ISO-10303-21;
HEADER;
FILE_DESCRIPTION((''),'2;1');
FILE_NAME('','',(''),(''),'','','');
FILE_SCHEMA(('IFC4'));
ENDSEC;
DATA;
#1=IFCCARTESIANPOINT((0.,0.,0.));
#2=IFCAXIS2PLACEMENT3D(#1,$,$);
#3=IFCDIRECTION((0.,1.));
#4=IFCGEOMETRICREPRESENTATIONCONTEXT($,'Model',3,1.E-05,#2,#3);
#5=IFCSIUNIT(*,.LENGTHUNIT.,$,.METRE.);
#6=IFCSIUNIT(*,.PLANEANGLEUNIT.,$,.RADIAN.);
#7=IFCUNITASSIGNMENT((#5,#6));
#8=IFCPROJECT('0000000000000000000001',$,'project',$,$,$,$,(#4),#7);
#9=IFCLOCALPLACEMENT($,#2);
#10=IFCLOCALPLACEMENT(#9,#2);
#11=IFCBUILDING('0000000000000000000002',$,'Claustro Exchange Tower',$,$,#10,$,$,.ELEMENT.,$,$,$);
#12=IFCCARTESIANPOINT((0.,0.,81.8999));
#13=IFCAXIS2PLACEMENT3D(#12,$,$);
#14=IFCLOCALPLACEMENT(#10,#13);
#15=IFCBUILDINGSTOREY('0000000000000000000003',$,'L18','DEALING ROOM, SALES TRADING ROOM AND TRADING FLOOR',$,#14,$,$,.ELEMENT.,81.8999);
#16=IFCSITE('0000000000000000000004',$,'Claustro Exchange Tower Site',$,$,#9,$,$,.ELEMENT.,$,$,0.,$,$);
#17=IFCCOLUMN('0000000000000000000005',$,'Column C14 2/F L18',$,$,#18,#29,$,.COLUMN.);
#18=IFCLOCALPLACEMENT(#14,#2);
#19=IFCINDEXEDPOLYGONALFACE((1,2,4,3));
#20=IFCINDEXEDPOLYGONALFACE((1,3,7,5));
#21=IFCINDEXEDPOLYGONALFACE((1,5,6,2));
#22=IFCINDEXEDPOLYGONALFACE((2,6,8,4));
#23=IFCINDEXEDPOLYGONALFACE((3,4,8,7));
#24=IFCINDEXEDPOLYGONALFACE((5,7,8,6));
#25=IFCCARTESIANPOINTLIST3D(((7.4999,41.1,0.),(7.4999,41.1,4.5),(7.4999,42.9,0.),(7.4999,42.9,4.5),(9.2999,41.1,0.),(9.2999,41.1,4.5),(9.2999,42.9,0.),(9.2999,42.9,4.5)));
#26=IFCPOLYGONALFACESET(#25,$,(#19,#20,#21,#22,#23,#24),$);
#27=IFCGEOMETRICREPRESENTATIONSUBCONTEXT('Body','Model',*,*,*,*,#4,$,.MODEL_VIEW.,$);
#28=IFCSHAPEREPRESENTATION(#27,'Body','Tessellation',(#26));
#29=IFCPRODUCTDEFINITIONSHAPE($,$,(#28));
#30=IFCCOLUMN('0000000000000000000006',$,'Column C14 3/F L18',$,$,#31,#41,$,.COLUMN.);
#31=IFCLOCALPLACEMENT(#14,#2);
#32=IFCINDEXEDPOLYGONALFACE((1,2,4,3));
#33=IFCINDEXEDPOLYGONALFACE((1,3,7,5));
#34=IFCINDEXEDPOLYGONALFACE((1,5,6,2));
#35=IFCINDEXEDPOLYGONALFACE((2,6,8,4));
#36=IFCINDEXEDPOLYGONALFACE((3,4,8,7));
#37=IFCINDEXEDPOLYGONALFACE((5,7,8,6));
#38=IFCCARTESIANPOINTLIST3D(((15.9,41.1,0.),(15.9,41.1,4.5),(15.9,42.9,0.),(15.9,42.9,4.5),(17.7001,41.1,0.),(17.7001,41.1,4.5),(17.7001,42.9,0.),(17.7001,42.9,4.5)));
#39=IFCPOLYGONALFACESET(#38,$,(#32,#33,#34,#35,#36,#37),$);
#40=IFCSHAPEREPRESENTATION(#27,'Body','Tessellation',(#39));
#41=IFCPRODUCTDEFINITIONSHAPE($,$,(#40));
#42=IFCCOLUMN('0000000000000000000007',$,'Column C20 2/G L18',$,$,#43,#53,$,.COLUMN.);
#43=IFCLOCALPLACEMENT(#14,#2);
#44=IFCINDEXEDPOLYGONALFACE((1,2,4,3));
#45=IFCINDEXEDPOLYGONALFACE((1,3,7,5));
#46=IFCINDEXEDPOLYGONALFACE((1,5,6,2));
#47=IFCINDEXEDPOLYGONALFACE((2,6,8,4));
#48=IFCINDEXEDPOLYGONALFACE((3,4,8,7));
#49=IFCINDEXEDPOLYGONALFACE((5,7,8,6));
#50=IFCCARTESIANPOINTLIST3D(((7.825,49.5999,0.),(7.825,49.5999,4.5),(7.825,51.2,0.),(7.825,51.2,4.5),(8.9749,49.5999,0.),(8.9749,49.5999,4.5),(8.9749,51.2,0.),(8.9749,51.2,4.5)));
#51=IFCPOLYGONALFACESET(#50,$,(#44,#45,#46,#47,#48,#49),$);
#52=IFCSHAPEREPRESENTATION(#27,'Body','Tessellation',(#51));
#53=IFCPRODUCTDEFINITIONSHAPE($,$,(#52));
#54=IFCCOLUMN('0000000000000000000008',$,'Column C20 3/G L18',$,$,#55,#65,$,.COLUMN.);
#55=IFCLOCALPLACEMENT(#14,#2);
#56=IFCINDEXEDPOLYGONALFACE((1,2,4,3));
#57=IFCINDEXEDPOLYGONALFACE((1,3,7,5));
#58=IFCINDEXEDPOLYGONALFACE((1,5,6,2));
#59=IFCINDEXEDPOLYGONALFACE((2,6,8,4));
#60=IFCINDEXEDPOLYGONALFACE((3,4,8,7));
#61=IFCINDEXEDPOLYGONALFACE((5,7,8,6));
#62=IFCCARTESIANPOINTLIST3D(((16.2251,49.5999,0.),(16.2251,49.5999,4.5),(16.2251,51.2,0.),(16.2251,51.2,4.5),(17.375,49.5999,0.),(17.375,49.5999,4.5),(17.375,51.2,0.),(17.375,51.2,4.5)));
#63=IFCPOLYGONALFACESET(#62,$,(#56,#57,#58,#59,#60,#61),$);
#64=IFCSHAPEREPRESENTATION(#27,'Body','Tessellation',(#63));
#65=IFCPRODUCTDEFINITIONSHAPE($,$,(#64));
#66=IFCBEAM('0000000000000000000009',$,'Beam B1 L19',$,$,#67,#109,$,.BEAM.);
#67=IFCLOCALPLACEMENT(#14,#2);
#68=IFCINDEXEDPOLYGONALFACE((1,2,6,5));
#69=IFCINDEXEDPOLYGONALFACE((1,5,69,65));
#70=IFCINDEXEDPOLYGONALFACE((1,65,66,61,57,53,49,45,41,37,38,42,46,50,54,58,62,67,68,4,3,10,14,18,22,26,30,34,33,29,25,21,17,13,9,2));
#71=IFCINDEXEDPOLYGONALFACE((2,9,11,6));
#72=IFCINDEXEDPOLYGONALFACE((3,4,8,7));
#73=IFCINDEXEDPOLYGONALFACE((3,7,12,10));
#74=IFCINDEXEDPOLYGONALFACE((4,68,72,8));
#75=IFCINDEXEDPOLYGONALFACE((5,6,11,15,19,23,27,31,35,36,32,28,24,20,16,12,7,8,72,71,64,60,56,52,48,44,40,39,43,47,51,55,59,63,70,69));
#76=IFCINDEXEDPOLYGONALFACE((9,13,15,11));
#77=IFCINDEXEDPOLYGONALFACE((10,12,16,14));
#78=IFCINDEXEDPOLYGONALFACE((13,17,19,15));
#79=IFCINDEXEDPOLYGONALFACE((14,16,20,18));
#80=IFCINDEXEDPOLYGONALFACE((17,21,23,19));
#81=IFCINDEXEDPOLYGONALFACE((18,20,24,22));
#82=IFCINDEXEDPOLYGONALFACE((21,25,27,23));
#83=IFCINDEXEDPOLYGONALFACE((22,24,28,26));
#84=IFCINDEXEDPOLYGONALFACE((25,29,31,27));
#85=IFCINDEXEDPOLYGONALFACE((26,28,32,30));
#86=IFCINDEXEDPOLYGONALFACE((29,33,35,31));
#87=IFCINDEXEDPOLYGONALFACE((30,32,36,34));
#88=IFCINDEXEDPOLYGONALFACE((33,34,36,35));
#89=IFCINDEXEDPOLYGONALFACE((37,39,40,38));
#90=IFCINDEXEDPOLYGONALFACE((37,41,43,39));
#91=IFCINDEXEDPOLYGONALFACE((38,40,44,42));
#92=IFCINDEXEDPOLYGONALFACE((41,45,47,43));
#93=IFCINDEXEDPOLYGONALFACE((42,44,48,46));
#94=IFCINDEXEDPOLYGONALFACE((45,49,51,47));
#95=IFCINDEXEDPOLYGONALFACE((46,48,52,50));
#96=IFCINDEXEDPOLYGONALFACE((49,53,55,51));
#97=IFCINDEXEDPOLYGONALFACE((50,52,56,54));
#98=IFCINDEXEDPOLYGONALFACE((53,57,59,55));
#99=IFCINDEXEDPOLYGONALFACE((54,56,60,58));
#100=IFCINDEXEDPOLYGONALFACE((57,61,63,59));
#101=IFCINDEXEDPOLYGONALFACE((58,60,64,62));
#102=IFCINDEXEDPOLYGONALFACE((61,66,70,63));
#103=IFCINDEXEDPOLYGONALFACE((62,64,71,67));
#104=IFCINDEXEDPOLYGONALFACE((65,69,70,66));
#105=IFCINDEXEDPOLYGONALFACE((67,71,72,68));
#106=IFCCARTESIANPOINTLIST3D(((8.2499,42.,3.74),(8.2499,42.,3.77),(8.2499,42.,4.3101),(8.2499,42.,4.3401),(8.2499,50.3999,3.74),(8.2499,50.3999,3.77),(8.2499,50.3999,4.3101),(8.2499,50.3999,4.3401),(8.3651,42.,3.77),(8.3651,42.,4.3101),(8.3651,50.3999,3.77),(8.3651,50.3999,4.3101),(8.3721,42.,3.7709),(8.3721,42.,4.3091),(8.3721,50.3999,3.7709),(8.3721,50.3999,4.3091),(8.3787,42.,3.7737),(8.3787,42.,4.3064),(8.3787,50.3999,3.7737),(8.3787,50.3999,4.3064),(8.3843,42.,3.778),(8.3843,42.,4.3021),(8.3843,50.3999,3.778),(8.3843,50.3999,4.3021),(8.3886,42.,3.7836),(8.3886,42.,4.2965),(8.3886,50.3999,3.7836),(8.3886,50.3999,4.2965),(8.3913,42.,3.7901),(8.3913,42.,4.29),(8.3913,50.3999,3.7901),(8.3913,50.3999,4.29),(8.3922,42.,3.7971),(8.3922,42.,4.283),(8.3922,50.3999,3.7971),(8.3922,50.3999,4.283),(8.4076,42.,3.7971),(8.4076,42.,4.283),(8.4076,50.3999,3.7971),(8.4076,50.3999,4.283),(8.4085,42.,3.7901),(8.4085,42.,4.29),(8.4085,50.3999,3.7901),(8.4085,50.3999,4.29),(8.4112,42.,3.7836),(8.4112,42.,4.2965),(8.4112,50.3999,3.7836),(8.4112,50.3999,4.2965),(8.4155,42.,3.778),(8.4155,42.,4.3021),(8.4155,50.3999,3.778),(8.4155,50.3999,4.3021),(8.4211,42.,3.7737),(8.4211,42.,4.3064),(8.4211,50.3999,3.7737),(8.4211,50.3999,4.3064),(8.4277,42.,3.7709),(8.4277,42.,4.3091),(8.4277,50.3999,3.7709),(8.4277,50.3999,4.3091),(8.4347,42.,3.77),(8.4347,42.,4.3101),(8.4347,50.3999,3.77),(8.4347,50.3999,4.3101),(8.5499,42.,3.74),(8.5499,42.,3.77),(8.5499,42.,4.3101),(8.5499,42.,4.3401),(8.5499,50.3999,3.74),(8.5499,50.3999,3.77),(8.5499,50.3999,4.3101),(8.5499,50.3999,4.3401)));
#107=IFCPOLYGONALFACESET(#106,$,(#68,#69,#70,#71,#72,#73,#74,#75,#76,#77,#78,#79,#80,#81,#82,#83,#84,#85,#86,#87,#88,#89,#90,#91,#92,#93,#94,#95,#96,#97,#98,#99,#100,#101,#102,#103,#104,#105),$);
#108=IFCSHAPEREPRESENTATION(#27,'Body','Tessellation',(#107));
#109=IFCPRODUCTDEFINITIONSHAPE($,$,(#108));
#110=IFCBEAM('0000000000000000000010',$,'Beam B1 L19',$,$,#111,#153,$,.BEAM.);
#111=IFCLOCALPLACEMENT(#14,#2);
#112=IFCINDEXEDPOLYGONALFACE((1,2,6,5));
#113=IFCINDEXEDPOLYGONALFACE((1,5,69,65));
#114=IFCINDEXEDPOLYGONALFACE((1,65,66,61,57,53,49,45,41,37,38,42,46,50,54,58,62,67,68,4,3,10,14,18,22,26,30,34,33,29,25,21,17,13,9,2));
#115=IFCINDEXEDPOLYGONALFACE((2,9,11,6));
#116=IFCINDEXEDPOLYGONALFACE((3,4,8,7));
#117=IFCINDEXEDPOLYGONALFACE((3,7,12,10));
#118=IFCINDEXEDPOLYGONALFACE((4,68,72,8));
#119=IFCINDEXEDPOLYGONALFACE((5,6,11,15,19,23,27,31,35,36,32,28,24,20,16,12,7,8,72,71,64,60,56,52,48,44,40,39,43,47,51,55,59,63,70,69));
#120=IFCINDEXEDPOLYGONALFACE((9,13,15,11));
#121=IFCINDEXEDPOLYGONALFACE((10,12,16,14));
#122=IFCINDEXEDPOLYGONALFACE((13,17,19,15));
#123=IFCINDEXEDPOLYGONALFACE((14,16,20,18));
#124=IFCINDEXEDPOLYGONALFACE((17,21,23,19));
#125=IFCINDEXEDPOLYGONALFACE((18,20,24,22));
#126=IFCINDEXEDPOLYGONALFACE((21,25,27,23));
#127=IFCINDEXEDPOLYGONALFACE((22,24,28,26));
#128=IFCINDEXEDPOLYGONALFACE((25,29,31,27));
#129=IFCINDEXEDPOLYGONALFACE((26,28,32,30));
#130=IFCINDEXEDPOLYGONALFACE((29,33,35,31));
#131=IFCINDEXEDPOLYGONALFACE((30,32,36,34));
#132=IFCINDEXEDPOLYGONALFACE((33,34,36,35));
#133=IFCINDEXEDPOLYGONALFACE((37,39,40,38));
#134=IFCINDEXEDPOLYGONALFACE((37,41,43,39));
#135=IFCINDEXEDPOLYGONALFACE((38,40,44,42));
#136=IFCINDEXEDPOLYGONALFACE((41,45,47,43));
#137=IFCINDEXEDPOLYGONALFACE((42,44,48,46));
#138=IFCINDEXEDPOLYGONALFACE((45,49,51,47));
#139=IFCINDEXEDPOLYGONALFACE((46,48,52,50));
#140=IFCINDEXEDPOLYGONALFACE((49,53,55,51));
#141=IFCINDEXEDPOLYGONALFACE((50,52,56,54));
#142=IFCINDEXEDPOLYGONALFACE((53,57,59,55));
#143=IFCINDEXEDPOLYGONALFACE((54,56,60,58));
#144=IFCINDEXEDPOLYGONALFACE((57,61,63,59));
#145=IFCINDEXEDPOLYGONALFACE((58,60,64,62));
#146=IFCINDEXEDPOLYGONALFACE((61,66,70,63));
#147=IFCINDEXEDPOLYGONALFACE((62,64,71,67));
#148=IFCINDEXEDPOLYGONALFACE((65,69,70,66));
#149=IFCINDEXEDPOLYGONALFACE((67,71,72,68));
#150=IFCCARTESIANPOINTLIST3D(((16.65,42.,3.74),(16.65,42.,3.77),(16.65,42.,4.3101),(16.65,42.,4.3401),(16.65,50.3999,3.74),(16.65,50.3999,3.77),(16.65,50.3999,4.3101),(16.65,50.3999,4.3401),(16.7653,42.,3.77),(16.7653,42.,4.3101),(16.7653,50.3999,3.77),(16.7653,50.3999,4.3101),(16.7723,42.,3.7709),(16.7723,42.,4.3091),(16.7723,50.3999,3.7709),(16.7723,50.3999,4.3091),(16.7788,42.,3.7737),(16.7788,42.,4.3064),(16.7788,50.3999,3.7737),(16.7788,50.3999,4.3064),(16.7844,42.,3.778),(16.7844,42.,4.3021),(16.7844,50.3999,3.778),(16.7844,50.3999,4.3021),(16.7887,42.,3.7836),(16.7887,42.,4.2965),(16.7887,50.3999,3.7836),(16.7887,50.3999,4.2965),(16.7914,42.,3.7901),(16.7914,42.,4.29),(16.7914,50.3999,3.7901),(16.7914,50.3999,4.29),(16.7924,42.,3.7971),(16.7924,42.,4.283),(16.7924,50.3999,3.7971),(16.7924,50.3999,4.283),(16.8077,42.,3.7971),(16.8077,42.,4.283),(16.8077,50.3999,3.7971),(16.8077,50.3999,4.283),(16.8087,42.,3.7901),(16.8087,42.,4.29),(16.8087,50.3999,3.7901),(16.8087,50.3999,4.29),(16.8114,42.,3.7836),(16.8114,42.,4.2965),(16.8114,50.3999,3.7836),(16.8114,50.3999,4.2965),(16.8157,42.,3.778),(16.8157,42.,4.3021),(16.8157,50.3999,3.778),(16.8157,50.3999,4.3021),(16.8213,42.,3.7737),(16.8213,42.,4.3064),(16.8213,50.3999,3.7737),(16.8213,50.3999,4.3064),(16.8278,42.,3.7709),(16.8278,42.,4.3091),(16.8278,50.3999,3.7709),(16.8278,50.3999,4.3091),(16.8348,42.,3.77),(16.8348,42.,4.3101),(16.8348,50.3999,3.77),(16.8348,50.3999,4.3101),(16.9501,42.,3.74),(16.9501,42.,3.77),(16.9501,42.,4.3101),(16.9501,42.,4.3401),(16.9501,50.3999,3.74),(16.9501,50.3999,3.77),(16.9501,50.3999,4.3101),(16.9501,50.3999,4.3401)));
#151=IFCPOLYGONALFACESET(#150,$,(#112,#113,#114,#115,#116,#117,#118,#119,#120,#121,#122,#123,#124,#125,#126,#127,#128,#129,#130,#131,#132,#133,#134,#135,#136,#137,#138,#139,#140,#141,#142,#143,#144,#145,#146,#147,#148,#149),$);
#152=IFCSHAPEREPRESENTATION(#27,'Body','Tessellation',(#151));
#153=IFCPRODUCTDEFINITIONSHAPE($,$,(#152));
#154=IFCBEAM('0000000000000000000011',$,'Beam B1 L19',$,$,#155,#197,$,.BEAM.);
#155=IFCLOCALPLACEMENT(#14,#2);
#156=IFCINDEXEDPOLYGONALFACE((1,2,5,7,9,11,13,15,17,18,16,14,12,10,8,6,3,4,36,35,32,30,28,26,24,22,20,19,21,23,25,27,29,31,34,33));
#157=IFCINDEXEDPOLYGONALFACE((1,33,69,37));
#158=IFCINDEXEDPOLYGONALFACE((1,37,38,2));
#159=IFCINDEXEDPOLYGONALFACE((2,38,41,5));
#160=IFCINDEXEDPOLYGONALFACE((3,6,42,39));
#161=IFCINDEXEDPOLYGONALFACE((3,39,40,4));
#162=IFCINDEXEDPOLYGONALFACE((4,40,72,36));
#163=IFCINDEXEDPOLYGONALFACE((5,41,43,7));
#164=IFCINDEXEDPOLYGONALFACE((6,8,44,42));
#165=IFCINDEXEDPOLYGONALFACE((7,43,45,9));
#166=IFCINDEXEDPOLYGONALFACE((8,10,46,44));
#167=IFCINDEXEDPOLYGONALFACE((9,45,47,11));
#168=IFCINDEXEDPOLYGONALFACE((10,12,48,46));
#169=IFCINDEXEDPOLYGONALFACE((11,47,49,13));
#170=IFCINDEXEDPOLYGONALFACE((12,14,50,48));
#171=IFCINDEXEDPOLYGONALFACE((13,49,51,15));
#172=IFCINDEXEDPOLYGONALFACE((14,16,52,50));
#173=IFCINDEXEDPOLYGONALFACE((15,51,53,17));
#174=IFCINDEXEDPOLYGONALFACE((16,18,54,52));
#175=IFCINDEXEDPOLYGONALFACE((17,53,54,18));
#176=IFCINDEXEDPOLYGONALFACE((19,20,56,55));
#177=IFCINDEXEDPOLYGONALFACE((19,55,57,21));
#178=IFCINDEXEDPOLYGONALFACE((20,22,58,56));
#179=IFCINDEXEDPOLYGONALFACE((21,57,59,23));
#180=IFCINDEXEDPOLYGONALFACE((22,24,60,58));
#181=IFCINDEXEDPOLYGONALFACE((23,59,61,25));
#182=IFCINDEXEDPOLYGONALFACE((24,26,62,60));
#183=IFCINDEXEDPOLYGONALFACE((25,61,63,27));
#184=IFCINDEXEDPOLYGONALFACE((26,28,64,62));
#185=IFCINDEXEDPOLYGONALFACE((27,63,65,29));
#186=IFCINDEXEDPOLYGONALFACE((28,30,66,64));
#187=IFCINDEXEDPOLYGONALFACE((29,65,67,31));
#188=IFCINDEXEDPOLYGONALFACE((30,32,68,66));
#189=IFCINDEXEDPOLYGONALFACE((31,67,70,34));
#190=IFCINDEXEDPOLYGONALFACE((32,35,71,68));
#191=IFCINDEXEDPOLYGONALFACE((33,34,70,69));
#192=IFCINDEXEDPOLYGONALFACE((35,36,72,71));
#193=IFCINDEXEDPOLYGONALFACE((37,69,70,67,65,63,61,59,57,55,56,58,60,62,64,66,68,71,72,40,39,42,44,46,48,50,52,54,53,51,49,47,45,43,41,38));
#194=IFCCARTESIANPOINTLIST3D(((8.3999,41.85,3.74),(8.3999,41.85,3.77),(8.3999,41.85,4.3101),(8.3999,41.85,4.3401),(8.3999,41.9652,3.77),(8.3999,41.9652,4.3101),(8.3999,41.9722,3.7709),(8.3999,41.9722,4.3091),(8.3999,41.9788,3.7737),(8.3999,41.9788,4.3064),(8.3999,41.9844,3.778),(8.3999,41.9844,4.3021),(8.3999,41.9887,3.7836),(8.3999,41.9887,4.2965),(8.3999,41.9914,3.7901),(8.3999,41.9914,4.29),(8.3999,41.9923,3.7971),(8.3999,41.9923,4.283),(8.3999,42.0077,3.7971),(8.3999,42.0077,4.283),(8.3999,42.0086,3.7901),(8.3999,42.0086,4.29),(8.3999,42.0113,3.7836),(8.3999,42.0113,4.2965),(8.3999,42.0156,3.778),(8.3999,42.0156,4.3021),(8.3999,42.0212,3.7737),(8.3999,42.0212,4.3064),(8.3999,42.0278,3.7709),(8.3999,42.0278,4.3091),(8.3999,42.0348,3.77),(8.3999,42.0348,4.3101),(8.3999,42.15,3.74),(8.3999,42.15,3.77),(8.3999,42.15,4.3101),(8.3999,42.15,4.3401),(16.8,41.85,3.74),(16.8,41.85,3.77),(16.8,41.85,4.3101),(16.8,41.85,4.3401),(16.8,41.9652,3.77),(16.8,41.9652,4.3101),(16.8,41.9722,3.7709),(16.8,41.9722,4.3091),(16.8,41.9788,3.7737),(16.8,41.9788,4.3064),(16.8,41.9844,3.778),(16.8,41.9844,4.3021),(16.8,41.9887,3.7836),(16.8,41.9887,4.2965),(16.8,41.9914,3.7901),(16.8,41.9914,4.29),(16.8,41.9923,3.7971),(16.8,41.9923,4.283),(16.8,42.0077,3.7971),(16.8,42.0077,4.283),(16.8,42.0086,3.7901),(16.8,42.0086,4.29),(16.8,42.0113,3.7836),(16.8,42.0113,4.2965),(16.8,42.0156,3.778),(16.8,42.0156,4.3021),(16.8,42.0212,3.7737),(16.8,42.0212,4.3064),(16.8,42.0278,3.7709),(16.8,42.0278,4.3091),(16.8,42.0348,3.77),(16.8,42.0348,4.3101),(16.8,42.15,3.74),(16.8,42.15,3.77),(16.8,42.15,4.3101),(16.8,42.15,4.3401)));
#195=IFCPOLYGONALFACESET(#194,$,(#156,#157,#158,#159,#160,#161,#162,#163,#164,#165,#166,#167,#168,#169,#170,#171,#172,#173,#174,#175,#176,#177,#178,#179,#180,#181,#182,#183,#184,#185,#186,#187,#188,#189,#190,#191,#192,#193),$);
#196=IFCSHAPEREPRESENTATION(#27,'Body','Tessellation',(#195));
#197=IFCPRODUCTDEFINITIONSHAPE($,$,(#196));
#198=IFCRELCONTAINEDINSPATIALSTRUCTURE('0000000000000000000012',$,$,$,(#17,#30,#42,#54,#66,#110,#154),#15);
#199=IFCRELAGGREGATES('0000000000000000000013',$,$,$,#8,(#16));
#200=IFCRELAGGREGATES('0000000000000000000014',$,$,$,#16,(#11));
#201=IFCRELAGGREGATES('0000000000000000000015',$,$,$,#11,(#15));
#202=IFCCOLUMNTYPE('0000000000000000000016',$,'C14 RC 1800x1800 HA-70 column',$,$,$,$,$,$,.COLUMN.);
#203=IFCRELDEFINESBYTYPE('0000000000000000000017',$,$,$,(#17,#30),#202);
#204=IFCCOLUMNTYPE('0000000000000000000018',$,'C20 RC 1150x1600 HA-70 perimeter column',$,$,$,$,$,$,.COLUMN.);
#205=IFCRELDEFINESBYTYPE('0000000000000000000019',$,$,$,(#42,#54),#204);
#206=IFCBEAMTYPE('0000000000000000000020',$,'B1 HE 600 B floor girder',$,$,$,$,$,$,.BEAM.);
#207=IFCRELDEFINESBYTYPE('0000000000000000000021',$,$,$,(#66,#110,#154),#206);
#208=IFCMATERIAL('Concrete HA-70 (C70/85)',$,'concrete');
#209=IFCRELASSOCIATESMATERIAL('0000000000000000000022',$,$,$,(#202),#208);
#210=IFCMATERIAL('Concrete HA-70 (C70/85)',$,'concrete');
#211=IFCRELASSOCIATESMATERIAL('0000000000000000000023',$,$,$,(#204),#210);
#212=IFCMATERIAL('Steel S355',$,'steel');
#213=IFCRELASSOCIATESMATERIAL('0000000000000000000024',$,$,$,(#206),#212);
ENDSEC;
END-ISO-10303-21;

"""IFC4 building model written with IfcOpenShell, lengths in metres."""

from ifc_helpers import new_model, si_unit, direction, frame, origin, origin_2d, place, context, subcontext, project, spatial, rectangle, i_section, extrude, material, material_profile, profile_set, type_object, element, save


model = new_model("IFC4")

# Units and contexts
model_context = context("Model", 3, precision=1e-05, world=origin(), true_north=direction((0.0, 1.0)))
body_context = subcontext(model_context, "Body", "Model", "MODEL_VIEW")
ifc_project = project(units=[si_unit("LENGTHUNIT", "METRE"), si_unit("PLANEANGLEUNIT", "RADIAN")], contexts=[model_context])

# Site, building, storey
site_placement = place(None, origin())
site = spatial("IfcSite", under=ifc_project, at=site_placement, Name="Claustro Exchange Tower Site", CompositionType="ELEMENT", RefElevation=0.0)
building_placement = place(site_placement, origin())
building = spatial("IfcBuilding", under=site, at=building_placement, Name="Claustro Exchange Tower", CompositionType="ELEMENT")
storey_placement = place(building_placement, frame((0.0, 0.0, 81.8999)))
storey = spatial("IfcBuildingStorey", under=building, at=storey_placement, Name="L18", Description="DEALING ROOM, SALES TRADING ROOM AND TRADING FLOOR", CompositionType="ELEMENT", Elevation=81.8999)

# Columns
ifc_material_1 = material(Name="Concrete HA-70 (C70/85)", Category="concrete")
ifc_material_profile_1 = material_profile(ifc_material_1, rectangle(XDim=1.8, YDim=1.8, at=origin_2d()), Name="RC 1800x1800")
ifc_profile_set_1 = profile_set([ifc_material_profile_1], Name="Concrete HA-70 (C70/85)")
column_type_1 = type_object("IfcColumnType", Name="C14 RC 1800x1800 HA-70 column", PredefinedType="COLUMN", material=ifc_profile_set_1)
for number, where, z_axis, x_axis, name in (
    (1, (8.3999, 42.0, 0.0), (0.0, 0.0, 1.0), (1.0, 0.0, 0.0), "Column C14 2/F L18"),
    (2, (16.8, 42.0, 0.0), (0.0, 0.0, 1.0), (1.0, 0.0, 0.0), "Column C14 3/F L18"),
):
    element("IfcColumn", number, at=place(storey_placement, frame(where, z_axis=z_axis, x_axis=x_axis)), inside=storey, type_object=column_type_1, Name=name, PredefinedType="COLUMN", context=body_context, shape_type="SweptSolid", body=[
        extrude(rectangle(XDim=1.8, YDim=1.8, at=origin_2d()), origin(), (0.0, 0.0, 1.0), 4.5),
    ])
ifc_material_2 = material(Name="Concrete HA-70 (C70/85)", Category="concrete")
ifc_material_profile_2 = material_profile(ifc_material_2, rectangle(XDim=1.1499, YDim=1.6001, at=origin_2d()), Name="RC 1150x1600")
ifc_profile_set_2 = profile_set([ifc_material_profile_2], Name="Concrete HA-70 (C70/85)")
column_type_2 = type_object("IfcColumnType", Name="C20 RC 1150x1600 HA-70 perimeter column", PredefinedType="COLUMN", material=ifc_profile_set_2)
for number, where, z_axis, x_axis, name in (
    (3, (8.3999, 50.3999, 0.0), (0.0, 0.0, 1.0), (1.0, 0.0, 0.0), "Column C20 2/G L18"),
    (4, (16.8, 50.3999, 0.0), (0.0, 0.0, 1.0), (1.0, 0.0, 0.0), "Column C20 3/G L18"),
):
    element("IfcColumn", number, at=place(storey_placement, frame(where, z_axis=z_axis, x_axis=x_axis)), inside=storey, type_object=column_type_2, Name=name, PredefinedType="COLUMN", context=body_context, shape_type="SweptSolid", body=[
        extrude(rectangle(XDim=1.1499, YDim=1.6001, at=origin_2d()), origin(), (0.0, 0.0, 1.0), 4.5),
    ])

# Beams
ifc_material_3 = material(Name="Steel S355", Category="steel")
ifc_material_profile_3 = material_profile(ifc_material_3, i_section(OverallWidth=0.3, OverallDepth=0.6001, WebThickness=0.0154, FlangeThickness=0.03, FilletRadius=0.0271, at=origin_2d()), Name="HE 600 B")
ifc_profile_set_3 = profile_set([ifc_material_profile_3], Name="Steel S355")
beam_type_1 = type_object("IfcBeamType", Name="B1 HE 600 B floor girder", PredefinedType="BEAM", material=ifc_profile_set_3)
for number, where, z_axis, x_axis, name in (
    (5, (8.3999, 42.0, 4.04), (0.0, 1.0, 0.0), (-1.0, 0.0, 0.0), "Beam B1 L19"),
    (6, (16.8, 42.0, 4.04), (0.0, 1.0, 0.0), (-1.0, 0.0, 0.0), "Beam B1 L19"),
):
    element("IfcBeam", number, at=place(storey_placement, frame(where, z_axis=z_axis, x_axis=x_axis)), inside=storey, type_object=beam_type_1, Name=name, PredefinedType="BEAM", context=body_context, shape_type="SweptSolid", body=[
        extrude(i_section(OverallWidth=0.3, OverallDepth=0.6001, WebThickness=0.0154, FlangeThickness=0.03, FilletRadius=0.0271, at=origin_2d()), origin(), (0.0, 0.0, 1.0), 8.3999),
    ])
beam_1_placement = place(storey_placement, frame((8.3999, 42.0, 4.04), z_axis=(1.0, 0.0, 0.0), x_axis=(0.0, 1.0, 0.0)))
element("IfcBeam", 7, at=beam_1_placement, inside=storey, type_object=beam_type_1, Name="Beam B1 L19", PredefinedType="BEAM", context=body_context, shape_type="SweptSolid", body=[
    extrude(i_section(OverallWidth=0.3, OverallDepth=0.6001, WebThickness=0.0154, FlangeThickness=0.03, FilletRadius=0.0271, at=origin_2d()), origin(), (0.0, 0.0, 1.0), 8.4001),
])

save(model, "model.ifc")
